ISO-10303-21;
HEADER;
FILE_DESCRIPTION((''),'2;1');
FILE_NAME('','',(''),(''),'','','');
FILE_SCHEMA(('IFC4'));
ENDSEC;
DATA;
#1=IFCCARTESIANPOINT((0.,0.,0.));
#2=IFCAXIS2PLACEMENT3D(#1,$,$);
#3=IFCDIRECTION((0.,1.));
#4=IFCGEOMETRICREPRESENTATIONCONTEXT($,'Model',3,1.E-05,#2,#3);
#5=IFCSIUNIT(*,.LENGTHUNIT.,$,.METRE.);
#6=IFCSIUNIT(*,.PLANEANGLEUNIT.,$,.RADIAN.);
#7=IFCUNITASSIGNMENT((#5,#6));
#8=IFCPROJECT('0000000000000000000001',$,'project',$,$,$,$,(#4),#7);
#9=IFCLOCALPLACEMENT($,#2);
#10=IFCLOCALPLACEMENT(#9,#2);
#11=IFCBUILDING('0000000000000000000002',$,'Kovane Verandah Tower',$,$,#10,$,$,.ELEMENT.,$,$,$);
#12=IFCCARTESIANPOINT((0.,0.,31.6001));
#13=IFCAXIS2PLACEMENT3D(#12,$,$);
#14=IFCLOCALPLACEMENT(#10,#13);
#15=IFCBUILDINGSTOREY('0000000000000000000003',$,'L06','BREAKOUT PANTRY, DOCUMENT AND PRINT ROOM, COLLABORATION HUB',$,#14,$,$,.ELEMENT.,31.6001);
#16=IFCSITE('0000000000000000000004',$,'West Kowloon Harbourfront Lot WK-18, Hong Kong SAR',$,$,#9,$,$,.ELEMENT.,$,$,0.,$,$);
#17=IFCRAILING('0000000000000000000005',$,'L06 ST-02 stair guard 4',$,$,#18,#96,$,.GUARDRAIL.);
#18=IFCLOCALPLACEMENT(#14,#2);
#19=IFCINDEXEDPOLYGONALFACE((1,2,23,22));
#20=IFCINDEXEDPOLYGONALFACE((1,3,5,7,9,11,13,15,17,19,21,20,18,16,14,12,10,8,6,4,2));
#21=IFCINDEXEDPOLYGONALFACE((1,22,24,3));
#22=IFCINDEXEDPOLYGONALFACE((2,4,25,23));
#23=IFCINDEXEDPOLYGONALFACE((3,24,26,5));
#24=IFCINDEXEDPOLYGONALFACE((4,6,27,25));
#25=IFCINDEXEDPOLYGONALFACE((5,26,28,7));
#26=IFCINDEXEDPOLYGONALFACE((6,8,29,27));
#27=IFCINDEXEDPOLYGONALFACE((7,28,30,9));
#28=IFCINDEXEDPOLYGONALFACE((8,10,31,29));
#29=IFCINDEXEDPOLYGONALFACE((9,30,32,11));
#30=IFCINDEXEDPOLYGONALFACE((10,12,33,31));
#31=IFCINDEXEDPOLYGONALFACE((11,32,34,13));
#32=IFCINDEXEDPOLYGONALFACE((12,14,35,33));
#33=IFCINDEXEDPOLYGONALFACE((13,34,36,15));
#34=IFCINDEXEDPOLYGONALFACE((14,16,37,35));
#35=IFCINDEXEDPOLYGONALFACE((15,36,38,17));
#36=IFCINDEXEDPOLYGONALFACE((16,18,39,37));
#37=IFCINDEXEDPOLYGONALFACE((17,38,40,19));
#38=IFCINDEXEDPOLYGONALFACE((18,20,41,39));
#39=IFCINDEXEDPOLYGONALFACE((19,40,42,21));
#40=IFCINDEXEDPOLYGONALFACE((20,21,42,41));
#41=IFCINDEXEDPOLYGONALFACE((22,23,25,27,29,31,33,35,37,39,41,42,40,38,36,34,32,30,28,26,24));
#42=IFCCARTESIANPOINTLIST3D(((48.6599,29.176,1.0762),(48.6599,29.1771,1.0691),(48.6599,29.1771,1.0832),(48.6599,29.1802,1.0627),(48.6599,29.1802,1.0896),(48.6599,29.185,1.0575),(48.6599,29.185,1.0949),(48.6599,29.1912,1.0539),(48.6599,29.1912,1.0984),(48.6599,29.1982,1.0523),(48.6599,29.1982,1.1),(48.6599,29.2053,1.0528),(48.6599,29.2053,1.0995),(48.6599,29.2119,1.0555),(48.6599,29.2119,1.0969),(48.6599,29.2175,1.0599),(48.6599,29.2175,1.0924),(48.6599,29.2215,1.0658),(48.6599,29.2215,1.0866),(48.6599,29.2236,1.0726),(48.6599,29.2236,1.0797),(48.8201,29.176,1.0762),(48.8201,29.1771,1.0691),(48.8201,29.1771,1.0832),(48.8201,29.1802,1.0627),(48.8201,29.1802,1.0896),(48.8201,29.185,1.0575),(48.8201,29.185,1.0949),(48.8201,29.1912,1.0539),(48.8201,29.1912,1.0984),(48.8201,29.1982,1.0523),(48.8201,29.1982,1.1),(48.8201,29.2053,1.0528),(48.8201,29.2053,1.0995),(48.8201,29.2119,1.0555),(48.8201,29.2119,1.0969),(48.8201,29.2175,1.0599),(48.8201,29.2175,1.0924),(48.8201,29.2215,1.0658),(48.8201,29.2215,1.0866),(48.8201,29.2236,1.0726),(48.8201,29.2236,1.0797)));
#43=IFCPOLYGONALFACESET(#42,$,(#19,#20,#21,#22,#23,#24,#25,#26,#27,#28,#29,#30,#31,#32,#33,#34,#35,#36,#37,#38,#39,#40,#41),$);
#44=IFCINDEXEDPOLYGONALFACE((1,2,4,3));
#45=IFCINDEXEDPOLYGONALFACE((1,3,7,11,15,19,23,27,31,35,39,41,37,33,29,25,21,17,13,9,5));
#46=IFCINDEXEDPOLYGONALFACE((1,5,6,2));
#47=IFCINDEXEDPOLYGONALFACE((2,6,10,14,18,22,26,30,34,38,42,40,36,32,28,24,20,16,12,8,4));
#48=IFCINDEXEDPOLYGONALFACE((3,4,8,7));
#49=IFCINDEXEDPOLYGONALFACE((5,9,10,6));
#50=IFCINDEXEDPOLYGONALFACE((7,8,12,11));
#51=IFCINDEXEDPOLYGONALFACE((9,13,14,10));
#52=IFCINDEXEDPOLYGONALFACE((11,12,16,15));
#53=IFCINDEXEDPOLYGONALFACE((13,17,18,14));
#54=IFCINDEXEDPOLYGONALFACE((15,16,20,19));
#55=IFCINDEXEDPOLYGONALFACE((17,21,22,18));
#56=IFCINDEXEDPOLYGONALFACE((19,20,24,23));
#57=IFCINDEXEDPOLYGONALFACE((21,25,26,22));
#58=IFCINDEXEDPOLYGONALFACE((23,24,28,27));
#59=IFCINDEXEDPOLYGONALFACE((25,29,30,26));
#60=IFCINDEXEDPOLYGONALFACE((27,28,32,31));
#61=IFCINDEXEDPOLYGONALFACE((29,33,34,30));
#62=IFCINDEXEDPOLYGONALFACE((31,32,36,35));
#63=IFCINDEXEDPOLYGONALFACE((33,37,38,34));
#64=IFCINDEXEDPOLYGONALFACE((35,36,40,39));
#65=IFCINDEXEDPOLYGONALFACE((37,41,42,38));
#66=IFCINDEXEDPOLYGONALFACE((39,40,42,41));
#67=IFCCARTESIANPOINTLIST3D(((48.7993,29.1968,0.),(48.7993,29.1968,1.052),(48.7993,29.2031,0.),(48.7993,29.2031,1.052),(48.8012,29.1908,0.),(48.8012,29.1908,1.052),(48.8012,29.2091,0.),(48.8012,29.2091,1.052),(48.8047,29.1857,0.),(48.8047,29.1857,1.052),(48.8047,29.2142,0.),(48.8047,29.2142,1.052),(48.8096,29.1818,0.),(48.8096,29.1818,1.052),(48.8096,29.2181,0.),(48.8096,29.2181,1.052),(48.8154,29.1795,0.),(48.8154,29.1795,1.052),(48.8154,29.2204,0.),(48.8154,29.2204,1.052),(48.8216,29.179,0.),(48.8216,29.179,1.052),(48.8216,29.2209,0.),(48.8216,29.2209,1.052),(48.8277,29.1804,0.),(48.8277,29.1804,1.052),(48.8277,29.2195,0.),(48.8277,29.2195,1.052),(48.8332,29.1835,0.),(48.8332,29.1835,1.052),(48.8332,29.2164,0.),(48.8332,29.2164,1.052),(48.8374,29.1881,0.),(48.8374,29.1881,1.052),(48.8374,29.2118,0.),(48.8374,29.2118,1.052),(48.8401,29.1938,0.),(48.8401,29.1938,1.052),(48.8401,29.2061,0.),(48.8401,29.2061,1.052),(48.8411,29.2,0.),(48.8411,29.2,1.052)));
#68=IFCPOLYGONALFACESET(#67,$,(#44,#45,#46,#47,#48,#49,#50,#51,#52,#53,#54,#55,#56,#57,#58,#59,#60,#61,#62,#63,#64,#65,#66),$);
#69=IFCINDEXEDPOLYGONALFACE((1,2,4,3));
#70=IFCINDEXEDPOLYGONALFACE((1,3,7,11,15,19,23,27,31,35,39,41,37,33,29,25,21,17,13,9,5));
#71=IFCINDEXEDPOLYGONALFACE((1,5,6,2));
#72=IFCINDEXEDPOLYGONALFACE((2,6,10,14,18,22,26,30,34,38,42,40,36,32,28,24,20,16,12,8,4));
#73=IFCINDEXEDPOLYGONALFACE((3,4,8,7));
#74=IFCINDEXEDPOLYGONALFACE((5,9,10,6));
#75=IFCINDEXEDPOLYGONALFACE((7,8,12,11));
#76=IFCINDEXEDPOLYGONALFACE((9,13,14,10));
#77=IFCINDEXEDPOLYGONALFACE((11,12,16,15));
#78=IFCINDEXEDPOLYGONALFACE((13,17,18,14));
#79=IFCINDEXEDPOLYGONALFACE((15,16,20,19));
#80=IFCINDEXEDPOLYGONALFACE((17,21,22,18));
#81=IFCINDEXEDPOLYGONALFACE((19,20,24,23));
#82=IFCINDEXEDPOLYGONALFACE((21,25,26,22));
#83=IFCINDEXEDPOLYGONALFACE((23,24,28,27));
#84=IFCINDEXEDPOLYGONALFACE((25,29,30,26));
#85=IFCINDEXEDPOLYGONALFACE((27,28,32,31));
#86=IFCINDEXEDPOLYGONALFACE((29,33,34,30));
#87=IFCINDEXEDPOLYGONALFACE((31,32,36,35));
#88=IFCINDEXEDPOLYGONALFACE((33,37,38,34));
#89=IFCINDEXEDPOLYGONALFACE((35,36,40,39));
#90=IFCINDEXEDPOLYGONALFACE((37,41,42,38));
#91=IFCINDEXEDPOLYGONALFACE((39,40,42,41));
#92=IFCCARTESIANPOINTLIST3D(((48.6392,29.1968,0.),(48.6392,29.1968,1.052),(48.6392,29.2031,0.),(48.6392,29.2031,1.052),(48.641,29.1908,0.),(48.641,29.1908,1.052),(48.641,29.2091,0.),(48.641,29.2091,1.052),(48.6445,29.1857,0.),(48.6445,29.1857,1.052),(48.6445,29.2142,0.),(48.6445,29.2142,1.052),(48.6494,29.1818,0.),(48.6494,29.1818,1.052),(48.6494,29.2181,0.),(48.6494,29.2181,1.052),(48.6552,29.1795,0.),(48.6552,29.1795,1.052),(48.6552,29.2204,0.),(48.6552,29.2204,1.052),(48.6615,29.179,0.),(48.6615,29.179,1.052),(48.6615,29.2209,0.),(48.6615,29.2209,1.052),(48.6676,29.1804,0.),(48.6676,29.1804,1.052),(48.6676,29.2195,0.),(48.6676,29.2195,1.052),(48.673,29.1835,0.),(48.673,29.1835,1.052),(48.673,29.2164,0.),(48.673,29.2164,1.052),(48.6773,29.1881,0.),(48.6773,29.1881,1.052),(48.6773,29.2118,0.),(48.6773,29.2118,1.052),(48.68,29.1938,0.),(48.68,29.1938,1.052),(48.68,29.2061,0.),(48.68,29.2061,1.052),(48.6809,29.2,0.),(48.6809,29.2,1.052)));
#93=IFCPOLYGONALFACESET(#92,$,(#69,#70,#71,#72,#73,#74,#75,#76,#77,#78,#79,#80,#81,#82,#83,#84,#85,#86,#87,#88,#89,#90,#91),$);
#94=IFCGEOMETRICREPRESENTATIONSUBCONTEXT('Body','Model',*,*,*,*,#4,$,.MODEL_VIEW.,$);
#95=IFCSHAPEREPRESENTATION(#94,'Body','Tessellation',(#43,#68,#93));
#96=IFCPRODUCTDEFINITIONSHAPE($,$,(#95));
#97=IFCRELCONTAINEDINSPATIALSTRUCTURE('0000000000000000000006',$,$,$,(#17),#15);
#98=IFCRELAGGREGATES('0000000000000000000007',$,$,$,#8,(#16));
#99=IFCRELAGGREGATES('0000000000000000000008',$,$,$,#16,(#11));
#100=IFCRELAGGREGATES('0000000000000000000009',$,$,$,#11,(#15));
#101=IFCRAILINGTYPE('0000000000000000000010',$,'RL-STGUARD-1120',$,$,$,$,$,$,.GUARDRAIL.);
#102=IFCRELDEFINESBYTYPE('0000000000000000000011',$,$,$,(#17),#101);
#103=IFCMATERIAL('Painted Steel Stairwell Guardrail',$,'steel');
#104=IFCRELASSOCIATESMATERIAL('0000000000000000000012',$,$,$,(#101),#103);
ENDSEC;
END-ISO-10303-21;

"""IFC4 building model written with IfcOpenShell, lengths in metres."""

from ifc_helpers import new_model, si_unit, direction, frame, origin, origin_2d, place, context, subcontext, project, spatial, circle, extrude, material, type_object, element, save


model = new_model("IFC4")

# Units and contexts
model_context = context("Model", 3, precision=1e-05, world=origin(), true_north=direction((0.0, 1.0)))
body_context = subcontext(model_context, "Body", "Model", "MODEL_VIEW")
ifc_project = project(units=[si_unit("LENGTHUNIT", "METRE"), si_unit("PLANEANGLEUNIT", "RADIAN")], contexts=[model_context])

# Site, building, storey
site_placement = place(None, origin())
site = spatial("IfcSite", under=ifc_project, at=site_placement, Name="West Kowloon Harbourfront Lot WK-18, Hong Kong SAR", CompositionType="ELEMENT", RefElevation=0.0)
building_placement = place(site_placement, origin())
building = spatial("IfcBuilding", under=site, at=building_placement, Name="Kovane Verandah Tower", CompositionType="ELEMENT")
storey_placement = place(building_placement, frame((0.0, 0.0, 31.6001)))
storey = spatial("IfcBuildingStorey", under=building, at=storey_placement, Name="L06", Description="BREAKOUT PANTRY, DOCUMENT AND PRINT ROOM, COLLABORATION HUB", CompositionType="ELEMENT", Elevation=31.6001)

# Railing
ifc_material_1 = material(Name="Painted Steel Stairwell Guardrail", Category="steel")
railing_type_1 = type_object("IfcRailingType", Name="RL-STGUARD-1120", PredefinedType="GUARDRAIL", material=ifc_material_1)
railing_1_placement = place(storey_placement, frame((48.8201, 29.2, 0.0)))
element("IfcRailing", 1, at=railing_1_placement, inside=storey, type_object=railing_type_1, Name="L06 ST-02 stair guard 4", PredefinedType="GUARDRAIL", context=body_context, shape_type="SweptSolid", body=[
    extrude(circle(Radius=0.0239, at=origin_2d()), frame((0.0, 0.0, 1.0762), z_axis=(-1.0, 0.0, 0.0), x_axis=(0.0, -1.0, 0.0)), (0.0, 0.0, 1.0), 0.1602),
    extrude(circle(Radius=0.021, at=origin_2d()), origin(), (0.0, 0.0, 1.0), 1.052),
    extrude(circle(Radius=0.021, at=origin_2d()), frame((-0.1602, 0.0, 0.0)), (0.0, 0.0, 1.0), 1.052),
])

save(model, "model.ifc")
